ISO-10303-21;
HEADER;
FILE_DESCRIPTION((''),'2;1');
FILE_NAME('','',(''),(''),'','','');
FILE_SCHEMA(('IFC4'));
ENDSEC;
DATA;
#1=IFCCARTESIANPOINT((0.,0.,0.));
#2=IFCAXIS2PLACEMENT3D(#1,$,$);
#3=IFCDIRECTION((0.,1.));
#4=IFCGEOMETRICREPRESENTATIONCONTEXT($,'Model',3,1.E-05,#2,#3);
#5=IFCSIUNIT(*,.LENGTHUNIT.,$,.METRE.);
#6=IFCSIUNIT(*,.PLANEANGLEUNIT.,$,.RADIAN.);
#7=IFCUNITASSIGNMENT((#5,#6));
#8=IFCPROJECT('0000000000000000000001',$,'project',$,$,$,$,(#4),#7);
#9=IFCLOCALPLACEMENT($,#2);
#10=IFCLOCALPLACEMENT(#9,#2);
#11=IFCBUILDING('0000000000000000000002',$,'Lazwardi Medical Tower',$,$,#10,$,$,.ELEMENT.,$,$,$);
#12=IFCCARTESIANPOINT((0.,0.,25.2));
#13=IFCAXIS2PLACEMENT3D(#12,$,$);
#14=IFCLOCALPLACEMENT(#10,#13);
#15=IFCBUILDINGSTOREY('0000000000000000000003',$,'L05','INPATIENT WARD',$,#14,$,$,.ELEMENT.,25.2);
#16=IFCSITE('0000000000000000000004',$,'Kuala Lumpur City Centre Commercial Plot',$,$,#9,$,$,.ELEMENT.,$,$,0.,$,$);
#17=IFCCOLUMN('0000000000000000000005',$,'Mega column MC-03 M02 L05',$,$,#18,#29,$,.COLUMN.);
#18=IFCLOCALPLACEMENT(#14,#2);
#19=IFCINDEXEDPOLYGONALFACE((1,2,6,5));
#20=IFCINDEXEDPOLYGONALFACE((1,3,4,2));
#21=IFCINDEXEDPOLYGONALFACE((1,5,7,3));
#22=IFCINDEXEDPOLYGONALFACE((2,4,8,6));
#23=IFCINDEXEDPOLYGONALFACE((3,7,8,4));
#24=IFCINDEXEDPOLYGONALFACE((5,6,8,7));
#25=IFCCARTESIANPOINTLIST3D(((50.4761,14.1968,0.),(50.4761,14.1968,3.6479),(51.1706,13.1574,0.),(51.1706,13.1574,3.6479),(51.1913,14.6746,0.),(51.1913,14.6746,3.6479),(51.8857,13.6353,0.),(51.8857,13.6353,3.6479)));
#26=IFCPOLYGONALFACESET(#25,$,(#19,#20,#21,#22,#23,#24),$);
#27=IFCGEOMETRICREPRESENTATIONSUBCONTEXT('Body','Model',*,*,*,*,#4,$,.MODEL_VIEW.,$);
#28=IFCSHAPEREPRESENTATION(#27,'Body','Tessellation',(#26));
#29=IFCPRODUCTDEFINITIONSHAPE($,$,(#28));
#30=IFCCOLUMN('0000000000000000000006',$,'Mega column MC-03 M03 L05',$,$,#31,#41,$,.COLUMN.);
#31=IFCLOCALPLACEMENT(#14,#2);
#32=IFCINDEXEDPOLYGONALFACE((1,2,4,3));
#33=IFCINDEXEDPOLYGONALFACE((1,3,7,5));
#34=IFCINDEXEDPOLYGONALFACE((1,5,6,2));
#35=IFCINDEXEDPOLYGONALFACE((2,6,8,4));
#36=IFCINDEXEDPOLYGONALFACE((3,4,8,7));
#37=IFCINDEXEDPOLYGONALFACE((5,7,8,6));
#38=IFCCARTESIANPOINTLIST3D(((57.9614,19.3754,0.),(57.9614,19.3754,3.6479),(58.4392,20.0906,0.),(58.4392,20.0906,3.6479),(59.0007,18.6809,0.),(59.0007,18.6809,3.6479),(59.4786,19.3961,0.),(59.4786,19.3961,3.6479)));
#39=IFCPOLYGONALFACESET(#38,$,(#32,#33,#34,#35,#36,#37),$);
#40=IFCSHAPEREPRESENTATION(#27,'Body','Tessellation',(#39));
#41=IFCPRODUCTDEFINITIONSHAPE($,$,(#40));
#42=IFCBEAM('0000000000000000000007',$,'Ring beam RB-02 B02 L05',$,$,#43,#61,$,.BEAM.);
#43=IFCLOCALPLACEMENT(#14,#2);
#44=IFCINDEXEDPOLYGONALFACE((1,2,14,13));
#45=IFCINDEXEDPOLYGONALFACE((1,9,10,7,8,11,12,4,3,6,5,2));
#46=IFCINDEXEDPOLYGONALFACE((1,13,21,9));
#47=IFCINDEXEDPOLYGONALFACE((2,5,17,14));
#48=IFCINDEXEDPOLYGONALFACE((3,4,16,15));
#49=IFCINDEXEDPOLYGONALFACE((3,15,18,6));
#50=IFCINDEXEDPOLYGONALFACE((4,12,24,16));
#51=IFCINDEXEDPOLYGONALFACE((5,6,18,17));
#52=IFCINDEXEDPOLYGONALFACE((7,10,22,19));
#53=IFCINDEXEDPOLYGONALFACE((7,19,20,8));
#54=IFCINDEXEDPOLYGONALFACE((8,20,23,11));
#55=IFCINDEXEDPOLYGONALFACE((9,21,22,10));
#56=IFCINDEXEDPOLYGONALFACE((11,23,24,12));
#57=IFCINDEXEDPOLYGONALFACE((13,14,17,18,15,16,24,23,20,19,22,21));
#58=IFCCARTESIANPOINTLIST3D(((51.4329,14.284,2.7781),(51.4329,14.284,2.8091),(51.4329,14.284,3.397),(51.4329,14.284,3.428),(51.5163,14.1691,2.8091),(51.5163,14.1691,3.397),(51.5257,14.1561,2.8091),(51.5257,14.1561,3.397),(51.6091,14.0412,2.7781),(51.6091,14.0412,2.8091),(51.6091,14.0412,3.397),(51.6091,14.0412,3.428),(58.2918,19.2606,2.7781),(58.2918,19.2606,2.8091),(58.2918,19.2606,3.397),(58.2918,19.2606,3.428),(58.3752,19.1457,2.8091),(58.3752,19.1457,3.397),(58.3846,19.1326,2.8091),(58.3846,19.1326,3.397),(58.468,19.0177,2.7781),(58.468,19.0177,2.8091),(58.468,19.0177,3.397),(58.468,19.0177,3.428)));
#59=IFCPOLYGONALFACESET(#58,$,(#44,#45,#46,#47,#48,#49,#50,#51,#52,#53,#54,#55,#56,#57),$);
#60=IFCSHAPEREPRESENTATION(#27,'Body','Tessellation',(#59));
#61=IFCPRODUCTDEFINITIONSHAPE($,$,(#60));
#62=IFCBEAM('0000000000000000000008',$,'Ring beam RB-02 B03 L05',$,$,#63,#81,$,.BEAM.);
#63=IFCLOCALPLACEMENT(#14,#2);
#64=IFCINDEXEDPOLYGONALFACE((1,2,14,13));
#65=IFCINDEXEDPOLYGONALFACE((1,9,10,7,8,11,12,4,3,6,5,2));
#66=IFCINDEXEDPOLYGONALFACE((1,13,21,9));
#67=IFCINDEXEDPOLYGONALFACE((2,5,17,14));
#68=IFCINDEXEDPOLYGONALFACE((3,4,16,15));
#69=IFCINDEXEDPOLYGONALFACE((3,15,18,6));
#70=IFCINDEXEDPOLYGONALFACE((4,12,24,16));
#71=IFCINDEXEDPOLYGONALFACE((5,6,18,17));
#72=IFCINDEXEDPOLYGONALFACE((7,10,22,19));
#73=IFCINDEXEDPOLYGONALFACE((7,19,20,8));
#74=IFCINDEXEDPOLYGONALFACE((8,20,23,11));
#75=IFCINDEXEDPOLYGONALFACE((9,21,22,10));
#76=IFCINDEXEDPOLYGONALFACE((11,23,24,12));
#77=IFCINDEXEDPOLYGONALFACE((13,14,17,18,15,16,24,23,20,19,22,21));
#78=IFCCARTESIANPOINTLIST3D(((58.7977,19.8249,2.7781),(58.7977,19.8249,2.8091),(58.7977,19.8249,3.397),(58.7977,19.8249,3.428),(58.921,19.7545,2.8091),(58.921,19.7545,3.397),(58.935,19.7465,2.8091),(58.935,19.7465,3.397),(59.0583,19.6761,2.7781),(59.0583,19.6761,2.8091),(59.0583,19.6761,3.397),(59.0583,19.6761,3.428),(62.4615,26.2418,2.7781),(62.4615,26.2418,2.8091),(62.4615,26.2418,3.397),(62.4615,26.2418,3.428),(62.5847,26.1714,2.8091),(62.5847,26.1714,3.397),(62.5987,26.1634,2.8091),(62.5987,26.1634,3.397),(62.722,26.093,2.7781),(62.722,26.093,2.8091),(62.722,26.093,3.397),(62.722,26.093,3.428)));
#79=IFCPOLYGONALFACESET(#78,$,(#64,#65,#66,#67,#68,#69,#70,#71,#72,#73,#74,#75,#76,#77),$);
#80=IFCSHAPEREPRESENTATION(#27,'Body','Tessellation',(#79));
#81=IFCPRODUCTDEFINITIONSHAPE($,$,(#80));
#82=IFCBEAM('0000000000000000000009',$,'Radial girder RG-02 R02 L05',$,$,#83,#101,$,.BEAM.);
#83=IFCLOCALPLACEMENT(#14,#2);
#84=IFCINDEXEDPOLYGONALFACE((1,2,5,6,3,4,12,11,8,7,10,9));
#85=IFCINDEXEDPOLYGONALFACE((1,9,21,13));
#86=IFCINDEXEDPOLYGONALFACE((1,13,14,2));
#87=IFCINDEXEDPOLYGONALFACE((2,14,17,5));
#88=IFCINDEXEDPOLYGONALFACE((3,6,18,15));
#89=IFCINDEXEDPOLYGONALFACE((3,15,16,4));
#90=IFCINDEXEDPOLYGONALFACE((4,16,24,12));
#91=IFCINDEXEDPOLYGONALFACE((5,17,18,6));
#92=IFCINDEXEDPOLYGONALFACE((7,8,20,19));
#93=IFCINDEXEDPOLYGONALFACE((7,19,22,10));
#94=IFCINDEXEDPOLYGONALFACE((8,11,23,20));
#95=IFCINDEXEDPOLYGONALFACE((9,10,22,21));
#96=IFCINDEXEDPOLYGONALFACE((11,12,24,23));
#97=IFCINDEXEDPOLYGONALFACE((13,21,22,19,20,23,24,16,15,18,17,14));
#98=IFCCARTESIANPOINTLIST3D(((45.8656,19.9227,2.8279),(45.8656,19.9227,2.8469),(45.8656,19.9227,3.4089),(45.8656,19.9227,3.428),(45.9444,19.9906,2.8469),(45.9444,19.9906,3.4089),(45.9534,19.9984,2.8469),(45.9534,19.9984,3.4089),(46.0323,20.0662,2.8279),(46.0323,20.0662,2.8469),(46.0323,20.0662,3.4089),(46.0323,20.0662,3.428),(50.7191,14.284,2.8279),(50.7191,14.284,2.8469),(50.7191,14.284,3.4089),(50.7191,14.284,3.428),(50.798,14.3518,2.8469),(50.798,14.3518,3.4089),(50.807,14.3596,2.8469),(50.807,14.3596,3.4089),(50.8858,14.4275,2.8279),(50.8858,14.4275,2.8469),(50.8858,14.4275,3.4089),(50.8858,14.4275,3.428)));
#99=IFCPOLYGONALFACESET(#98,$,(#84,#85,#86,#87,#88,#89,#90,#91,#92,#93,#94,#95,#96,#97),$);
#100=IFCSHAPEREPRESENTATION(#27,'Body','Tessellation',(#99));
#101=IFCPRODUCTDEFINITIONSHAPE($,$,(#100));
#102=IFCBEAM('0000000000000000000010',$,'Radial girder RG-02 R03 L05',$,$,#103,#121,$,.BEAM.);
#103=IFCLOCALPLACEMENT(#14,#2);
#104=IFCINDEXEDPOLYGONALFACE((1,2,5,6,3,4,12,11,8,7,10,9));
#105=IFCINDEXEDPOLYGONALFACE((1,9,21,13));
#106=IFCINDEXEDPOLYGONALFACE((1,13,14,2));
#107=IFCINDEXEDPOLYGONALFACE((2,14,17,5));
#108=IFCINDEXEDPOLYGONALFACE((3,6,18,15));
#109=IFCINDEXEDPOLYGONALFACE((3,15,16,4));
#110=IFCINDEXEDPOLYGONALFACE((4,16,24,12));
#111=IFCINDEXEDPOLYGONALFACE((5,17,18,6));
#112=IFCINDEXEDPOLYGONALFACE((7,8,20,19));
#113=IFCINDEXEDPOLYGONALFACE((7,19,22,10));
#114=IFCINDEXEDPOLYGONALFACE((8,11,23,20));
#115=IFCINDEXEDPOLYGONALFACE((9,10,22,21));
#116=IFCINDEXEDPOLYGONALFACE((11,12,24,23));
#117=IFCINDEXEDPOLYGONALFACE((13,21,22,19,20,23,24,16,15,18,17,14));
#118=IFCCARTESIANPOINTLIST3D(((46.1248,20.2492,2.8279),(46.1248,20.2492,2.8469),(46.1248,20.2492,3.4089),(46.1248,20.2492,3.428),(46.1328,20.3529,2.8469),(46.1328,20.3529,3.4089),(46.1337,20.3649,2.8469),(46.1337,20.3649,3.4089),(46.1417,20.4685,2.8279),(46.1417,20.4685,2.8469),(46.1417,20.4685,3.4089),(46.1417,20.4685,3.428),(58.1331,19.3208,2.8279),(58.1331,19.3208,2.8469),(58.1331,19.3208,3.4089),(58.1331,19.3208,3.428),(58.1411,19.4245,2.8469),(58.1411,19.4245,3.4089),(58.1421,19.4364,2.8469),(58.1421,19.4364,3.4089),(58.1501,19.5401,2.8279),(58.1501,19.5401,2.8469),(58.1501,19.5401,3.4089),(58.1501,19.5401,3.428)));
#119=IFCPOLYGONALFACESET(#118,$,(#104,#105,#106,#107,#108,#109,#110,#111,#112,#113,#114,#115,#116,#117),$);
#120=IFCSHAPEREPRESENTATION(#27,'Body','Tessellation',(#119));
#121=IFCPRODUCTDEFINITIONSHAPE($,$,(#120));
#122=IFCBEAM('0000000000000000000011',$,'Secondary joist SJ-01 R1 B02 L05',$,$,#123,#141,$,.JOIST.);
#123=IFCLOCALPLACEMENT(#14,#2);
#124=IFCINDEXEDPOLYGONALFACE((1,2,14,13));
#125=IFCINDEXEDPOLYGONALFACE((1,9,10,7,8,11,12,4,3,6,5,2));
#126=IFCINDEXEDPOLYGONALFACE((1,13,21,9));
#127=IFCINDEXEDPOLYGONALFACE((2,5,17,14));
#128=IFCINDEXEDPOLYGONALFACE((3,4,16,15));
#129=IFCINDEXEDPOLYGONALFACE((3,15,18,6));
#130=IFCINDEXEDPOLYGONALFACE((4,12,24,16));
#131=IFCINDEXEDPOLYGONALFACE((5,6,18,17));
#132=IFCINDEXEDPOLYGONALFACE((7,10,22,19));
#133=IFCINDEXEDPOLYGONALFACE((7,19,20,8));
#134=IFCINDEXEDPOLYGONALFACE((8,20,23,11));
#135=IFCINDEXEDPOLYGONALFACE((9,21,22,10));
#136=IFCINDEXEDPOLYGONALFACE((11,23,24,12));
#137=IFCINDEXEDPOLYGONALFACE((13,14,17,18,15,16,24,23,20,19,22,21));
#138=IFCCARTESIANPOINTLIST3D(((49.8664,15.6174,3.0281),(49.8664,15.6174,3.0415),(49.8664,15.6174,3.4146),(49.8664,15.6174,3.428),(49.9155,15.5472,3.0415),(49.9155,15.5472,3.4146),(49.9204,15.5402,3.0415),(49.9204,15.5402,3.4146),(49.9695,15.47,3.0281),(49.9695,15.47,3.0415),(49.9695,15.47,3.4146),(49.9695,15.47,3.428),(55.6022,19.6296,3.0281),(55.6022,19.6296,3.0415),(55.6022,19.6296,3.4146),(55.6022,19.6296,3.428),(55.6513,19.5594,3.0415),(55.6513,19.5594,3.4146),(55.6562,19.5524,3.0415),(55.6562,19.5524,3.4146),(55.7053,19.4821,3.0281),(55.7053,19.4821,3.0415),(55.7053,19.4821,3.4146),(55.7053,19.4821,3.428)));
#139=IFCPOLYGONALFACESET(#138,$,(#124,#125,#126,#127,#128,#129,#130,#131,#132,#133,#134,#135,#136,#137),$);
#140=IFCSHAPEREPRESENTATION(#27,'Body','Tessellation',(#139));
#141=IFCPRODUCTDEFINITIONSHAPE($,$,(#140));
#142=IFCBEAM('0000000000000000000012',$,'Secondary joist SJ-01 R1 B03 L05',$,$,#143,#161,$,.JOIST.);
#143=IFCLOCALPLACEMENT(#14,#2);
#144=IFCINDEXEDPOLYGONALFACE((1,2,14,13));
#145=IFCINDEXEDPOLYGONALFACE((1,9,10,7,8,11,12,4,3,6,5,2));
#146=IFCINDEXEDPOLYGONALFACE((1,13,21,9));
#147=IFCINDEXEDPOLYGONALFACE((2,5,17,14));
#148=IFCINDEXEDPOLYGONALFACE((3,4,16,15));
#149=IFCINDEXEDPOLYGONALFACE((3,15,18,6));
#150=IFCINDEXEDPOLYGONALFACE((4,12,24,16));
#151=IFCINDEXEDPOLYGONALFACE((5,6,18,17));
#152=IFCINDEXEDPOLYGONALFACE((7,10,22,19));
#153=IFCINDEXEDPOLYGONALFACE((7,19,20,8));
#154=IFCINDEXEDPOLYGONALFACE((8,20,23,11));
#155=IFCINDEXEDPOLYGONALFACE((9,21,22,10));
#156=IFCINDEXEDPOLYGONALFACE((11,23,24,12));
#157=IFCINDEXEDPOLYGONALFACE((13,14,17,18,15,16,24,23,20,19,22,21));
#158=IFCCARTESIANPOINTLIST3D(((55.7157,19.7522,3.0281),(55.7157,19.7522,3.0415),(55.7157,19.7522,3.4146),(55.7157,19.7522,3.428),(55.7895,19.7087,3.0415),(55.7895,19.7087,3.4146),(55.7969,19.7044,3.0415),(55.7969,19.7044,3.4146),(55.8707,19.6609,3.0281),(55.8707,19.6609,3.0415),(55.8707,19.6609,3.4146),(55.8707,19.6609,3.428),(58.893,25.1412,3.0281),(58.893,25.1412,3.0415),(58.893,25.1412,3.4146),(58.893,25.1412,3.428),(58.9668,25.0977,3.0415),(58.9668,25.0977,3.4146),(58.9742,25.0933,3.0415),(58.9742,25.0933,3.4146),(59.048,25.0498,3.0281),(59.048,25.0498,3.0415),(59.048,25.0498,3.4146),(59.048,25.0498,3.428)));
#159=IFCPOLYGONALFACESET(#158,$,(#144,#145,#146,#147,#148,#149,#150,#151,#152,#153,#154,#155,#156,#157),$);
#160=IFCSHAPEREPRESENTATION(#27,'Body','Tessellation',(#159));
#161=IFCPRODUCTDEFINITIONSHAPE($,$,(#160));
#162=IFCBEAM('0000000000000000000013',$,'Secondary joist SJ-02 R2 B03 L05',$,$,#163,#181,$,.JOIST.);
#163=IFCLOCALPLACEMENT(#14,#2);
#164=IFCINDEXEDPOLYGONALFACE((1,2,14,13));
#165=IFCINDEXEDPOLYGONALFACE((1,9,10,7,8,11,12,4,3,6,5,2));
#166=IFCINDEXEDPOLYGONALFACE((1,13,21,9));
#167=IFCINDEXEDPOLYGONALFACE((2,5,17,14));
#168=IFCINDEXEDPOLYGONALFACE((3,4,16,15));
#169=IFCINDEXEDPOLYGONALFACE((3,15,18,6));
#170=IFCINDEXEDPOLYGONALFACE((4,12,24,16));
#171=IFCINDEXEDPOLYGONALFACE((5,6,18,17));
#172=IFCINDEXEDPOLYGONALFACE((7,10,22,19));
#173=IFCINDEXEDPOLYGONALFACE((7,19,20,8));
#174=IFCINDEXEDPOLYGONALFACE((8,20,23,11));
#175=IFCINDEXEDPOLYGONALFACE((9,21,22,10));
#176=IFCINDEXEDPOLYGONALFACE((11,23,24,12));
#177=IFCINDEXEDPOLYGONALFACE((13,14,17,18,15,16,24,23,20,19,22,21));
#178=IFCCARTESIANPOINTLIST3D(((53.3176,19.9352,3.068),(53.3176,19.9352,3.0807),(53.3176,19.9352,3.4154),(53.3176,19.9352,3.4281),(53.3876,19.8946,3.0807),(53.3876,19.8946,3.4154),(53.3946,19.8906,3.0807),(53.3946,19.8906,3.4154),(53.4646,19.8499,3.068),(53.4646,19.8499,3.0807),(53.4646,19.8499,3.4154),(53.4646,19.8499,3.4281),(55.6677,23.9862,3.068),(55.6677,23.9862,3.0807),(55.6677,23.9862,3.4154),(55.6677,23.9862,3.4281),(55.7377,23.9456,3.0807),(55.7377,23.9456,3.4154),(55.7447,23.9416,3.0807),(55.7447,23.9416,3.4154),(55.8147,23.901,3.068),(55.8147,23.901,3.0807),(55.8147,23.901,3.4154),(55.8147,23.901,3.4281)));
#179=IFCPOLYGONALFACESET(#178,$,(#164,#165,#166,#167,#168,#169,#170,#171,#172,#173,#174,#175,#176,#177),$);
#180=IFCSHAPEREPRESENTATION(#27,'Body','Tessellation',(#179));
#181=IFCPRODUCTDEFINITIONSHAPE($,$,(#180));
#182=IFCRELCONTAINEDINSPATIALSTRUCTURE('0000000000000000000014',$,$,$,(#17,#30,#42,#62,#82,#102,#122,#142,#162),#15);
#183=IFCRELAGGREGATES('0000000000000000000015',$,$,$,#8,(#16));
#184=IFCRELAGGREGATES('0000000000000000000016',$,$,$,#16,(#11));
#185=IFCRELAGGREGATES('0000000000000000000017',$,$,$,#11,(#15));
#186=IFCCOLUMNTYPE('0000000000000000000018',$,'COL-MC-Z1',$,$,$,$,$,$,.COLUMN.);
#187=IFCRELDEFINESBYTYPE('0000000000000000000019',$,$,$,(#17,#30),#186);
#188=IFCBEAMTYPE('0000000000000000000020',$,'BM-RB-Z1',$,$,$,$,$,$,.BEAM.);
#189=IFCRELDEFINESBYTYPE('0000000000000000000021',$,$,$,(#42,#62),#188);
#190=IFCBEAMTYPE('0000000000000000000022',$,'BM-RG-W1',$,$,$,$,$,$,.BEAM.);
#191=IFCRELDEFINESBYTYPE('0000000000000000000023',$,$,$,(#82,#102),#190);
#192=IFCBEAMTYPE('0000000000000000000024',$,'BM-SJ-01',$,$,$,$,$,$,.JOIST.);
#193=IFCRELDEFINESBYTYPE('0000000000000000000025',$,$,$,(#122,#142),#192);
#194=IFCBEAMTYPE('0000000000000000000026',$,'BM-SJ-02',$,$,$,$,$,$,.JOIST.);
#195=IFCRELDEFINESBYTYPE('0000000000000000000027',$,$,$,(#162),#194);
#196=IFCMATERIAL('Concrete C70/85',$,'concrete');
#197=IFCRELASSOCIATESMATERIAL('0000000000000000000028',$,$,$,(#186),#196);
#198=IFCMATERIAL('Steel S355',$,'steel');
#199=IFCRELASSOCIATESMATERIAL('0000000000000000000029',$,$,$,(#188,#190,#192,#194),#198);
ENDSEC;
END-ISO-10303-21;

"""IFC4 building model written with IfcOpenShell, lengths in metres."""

from ifc_helpers import new_model, si_unit, direction, frame, origin, origin_2d, place, context, subcontext, project, spatial, rectangle, i_section, extrude, material, material_profile, profile_set, type_object, element, save


model = new_model("IFC4")

# Units and contexts
model_context = context("Model", 3, precision=1e-05, world=origin(), true_north=direction((0.0, 1.0)))
body_context = subcontext(model_context, "Body", "Model", "MODEL_VIEW")
ifc_project = project(units=[si_unit("LENGTHUNIT", "METRE"), si_unit("PLANEANGLEUNIT", "RADIAN")], contexts=[model_context])

# Site, building, storey
site_placement = place(None, origin())
site = spatial("IfcSite", under=ifc_project, at=site_placement, Name="Kuala Lumpur City Centre Commercial Plot", CompositionType="ELEMENT", RefElevation=0.0)
building_placement = place(site_placement, origin())
building = spatial("IfcBuilding", under=site, at=building_placement, Name="Lazwardi Medical Tower", CompositionType="ELEMENT")
storey_placement = place(building_placement, frame((0.0, 0.0, 25.2)))
storey = spatial("IfcBuildingStorey", under=building, at=storey_placement, Name="L05", Description="INPATIENT WARD", CompositionType="ELEMENT", Elevation=25.2)

# Columns
ifc_material_1 = material(Name="Concrete C70/85", Category="concrete")
ifc_material_profile_1 = material_profile(ifc_material_1, rectangle(XDim=1.25, YDim=0.8601, at=origin_2d()), Name="CFT-RECT 1250x860")
ifc_profile_set_1 = profile_set([ifc_material_profile_1], Name="Concrete C70/85")
column_type = type_object("IfcColumnType", Name="COL-MC-Z1", PredefinedType="COLUMN", material=ifc_profile_set_1)
for number, where, z_axis, x_axis, name in (
    (1, (51.1809, 13.916, 0.0), (0.0, 0.0, 1.0), (0.55557, -0.83147, 0.0), "Mega column MC-03 M02 L05"),
    (2, (58.72, 19.3857, 0.0), (0.0, 0.0, 1.0), (0.83147, -0.55557, 0.0), "Mega column MC-03 M03 L05"),
):
    element("IfcColumn", number, at=place(storey_placement, frame(where, z_axis=z_axis, x_axis=x_axis)), inside=storey, type_object=column_type, Name=name, PredefinedType="COLUMN", context=body_context, shape_type="SweptSolid", body=[
        extrude(rectangle(XDim=1.25, YDim=0.8601, at=origin_2d()), origin(), (0.0, 0.0, 1.0), 3.6479),
    ])

# Beams
ifc_material_2 = material(Name="Steel S355", Category="steel")
ifc_material_profile_2 = material_profile(ifc_material_2, i_section(OverallWidth=0.3, OverallDepth=0.6499, WebThickness=0.0161, FlangeThickness=0.031, at=origin_2d()), Name="HEB 650")
ifc_profile_set_2 = profile_set([ifc_material_profile_2], Name="Steel S355")
beam_type_1 = type_object("IfcBeamType", Name="BM-RB-Z1", PredefinedType="BEAM", material=ifc_profile_set_2)
beam_1_placement = place(storey_placement, frame((51.521, 14.1626, 3.103), z_axis=(0.809393, 0.587267, 0.0), x_axis=(-0.587267, 0.809393, 0.0)))
element("IfcBeam", 3, at=beam_1_placement, inside=storey, type_object=beam_type_1, Name="Ring beam RB-02 B02 L05", PredefinedType="BEAM", context=body_context, shape_type="SweptSolid", body=[
    extrude(i_section(OverallWidth=0.3, OverallDepth=0.6499, WebThickness=0.0161, FlangeThickness=0.031, at=origin_2d()), origin(), (0.0, 0.0, 1.0), 8.4741),
])
beam_2_placement = place(storey_placement, frame((58.928, 19.7505, 3.103), z_axis=(0.495829, 0.86842, 0.0), x_axis=(-0.86842, 0.495829, 0.0)))
element("IfcBeam", 4, at=beam_2_placement, inside=storey, type_object=beam_type_1, Name="Ring beam RB-02 B03 L05", PredefinedType="BEAM", context=body_context, shape_type="SweptSolid", body=[
    extrude(i_section(OverallWidth=0.3, OverallDepth=0.6499, WebThickness=0.0161, FlangeThickness=0.031, at=origin_2d()), origin(), (0.0, 0.0, 1.0), 7.3892),
])
ifc_material_profile_3 = material_profile(ifc_material_2, i_section(OverallWidth=0.22, OverallDepth=0.6001, WebThickness=0.012, FlangeThickness=0.019, at=origin_2d()), Name="IPE 600")
ifc_profile_set_3 = profile_set([ifc_material_profile_3], Name="Steel S355")
beam_type_2 = type_object("IfcBeamType", Name="BM-RG-W1", PredefinedType="BEAM", material=ifc_profile_set_3)
beam_3_placement = place(storey_placement, frame((50.8025, 14.3557, 3.1279), z_axis=(-0.652368, 0.757902, 0.0), x_axis=(-0.757902, -0.652368, 0.0)))
element("IfcBeam", 5, at=beam_3_placement, inside=storey, type_object=beam_type_2, Name="Radial girder RG-02 R02 L05", PredefinedType="BEAM", context=body_context, shape_type="SweptSolid", body=[
    extrude(i_section(OverallWidth=0.22, OverallDepth=0.6001, WebThickness=0.012, FlangeThickness=0.019, at=origin_2d()), origin(), (0.0, 0.0, 1.0), 7.4399),
])
beam_4_placement = place(storey_placement, frame((58.1416, 19.4304, 3.1279), z_axis=(-0.997024, 0.077089, 0.0), x_axis=(-0.077089, -0.997024, 0.0)))
element("IfcBeam", 6, at=beam_4_placement, inside=storey, type_object=beam_type_2, Name="Radial girder RG-02 R03 L05", PredefinedType="BEAM", context=body_context, shape_type="SweptSolid", body=[
    extrude(i_section(OverallWidth=0.22, OverallDepth=0.6001, WebThickness=0.012, FlangeThickness=0.019, at=origin_2d()), origin(), (0.0, 0.0, 1.0), 12.0442),
])
ifc_material_profile_4 = material_profile(ifc_material_2, i_section(OverallWidth=0.1799, OverallDepth=0.3999, WebThickness=0.0085, FlangeThickness=0.0134, at=origin_2d()), Name="IPE 400")
ifc_profile_set_4 = profile_set([ifc_material_profile_4], Name="Steel S355")
beam_type_3 = type_object("IfcBeamType", Name="BM-SJ-01", PredefinedType="JOIST", material=ifc_profile_set_4)
beam_5_placement = place(storey_placement, frame((49.918, 15.5437, 3.228), z_axis=(0.819425, 0.573186, 0.0), x_axis=(-0.573186, 0.819425, 0.0)))
element("IfcBeam", 7, at=beam_5_placement, inside=storey, type_object=beam_type_3, Name="Secondary joist SJ-01 R1 B02 L05", PredefinedType="JOIST", context=body_context, shape_type="SweptSolid", body=[
    extrude(i_section(OverallWidth=0.1799, OverallDepth=0.3999, WebThickness=0.0085, FlangeThickness=0.0134, at=origin_2d()), origin(), (0.0, 0.0, 1.0), 6.9998),
])
beam_6_placement = place(storey_placement, frame((55.7932, 19.7065, 3.228), z_axis=(0.507886, 0.861424, 0.0), x_axis=(-0.861424, 0.507886, 0.0)))
element("IfcBeam", 8, at=beam_6_placement, inside=storey, type_object=beam_type_3, Name="Secondary joist SJ-01 R1 B03 L05", PredefinedType="JOIST", context=body_context, shape_type="SweptSolid", body=[
    extrude(i_section(OverallWidth=0.1799, OverallDepth=0.3999, WebThickness=0.0085, FlangeThickness=0.0134, at=origin_2d()), origin(), (0.0, 0.0, 1.0), 6.2559),
])
ifc_material_profile_5 = material_profile(ifc_material_2, i_section(OverallWidth=0.1699, OverallDepth=0.3601, WebThickness=0.0081, FlangeThickness=0.0127, at=origin_2d()), Name="IPE 360")
ifc_profile_set_5 = profile_set([ifc_material_profile_5], Name="Steel S355")
beam_type_4 = type_object("IfcBeamType", Name="BM-SJ-02", PredefinedType="JOIST", material=ifc_profile_set_5)
beam_7_placement = place(storey_placement, frame((53.3911, 19.8926, 3.248), z_axis=(0.501798, 0.864985, 0.0), x_axis=(-0.864985, 0.501798, 0.0)))
element("IfcBeam", 9, at=beam_7_placement, inside=storey, type_object=beam_type_4, Name="Secondary joist SJ-02 R2 B03 L05", PredefinedType="JOIST", context=body_context, shape_type="SweptSolid", body=[
    extrude(i_section(OverallWidth=0.1699, OverallDepth=0.3601, WebThickness=0.0081, FlangeThickness=0.0127, at=origin_2d()), origin(), (0.0, 0.0, 1.0), 4.6833),
])

save(model, "model.ifc")
